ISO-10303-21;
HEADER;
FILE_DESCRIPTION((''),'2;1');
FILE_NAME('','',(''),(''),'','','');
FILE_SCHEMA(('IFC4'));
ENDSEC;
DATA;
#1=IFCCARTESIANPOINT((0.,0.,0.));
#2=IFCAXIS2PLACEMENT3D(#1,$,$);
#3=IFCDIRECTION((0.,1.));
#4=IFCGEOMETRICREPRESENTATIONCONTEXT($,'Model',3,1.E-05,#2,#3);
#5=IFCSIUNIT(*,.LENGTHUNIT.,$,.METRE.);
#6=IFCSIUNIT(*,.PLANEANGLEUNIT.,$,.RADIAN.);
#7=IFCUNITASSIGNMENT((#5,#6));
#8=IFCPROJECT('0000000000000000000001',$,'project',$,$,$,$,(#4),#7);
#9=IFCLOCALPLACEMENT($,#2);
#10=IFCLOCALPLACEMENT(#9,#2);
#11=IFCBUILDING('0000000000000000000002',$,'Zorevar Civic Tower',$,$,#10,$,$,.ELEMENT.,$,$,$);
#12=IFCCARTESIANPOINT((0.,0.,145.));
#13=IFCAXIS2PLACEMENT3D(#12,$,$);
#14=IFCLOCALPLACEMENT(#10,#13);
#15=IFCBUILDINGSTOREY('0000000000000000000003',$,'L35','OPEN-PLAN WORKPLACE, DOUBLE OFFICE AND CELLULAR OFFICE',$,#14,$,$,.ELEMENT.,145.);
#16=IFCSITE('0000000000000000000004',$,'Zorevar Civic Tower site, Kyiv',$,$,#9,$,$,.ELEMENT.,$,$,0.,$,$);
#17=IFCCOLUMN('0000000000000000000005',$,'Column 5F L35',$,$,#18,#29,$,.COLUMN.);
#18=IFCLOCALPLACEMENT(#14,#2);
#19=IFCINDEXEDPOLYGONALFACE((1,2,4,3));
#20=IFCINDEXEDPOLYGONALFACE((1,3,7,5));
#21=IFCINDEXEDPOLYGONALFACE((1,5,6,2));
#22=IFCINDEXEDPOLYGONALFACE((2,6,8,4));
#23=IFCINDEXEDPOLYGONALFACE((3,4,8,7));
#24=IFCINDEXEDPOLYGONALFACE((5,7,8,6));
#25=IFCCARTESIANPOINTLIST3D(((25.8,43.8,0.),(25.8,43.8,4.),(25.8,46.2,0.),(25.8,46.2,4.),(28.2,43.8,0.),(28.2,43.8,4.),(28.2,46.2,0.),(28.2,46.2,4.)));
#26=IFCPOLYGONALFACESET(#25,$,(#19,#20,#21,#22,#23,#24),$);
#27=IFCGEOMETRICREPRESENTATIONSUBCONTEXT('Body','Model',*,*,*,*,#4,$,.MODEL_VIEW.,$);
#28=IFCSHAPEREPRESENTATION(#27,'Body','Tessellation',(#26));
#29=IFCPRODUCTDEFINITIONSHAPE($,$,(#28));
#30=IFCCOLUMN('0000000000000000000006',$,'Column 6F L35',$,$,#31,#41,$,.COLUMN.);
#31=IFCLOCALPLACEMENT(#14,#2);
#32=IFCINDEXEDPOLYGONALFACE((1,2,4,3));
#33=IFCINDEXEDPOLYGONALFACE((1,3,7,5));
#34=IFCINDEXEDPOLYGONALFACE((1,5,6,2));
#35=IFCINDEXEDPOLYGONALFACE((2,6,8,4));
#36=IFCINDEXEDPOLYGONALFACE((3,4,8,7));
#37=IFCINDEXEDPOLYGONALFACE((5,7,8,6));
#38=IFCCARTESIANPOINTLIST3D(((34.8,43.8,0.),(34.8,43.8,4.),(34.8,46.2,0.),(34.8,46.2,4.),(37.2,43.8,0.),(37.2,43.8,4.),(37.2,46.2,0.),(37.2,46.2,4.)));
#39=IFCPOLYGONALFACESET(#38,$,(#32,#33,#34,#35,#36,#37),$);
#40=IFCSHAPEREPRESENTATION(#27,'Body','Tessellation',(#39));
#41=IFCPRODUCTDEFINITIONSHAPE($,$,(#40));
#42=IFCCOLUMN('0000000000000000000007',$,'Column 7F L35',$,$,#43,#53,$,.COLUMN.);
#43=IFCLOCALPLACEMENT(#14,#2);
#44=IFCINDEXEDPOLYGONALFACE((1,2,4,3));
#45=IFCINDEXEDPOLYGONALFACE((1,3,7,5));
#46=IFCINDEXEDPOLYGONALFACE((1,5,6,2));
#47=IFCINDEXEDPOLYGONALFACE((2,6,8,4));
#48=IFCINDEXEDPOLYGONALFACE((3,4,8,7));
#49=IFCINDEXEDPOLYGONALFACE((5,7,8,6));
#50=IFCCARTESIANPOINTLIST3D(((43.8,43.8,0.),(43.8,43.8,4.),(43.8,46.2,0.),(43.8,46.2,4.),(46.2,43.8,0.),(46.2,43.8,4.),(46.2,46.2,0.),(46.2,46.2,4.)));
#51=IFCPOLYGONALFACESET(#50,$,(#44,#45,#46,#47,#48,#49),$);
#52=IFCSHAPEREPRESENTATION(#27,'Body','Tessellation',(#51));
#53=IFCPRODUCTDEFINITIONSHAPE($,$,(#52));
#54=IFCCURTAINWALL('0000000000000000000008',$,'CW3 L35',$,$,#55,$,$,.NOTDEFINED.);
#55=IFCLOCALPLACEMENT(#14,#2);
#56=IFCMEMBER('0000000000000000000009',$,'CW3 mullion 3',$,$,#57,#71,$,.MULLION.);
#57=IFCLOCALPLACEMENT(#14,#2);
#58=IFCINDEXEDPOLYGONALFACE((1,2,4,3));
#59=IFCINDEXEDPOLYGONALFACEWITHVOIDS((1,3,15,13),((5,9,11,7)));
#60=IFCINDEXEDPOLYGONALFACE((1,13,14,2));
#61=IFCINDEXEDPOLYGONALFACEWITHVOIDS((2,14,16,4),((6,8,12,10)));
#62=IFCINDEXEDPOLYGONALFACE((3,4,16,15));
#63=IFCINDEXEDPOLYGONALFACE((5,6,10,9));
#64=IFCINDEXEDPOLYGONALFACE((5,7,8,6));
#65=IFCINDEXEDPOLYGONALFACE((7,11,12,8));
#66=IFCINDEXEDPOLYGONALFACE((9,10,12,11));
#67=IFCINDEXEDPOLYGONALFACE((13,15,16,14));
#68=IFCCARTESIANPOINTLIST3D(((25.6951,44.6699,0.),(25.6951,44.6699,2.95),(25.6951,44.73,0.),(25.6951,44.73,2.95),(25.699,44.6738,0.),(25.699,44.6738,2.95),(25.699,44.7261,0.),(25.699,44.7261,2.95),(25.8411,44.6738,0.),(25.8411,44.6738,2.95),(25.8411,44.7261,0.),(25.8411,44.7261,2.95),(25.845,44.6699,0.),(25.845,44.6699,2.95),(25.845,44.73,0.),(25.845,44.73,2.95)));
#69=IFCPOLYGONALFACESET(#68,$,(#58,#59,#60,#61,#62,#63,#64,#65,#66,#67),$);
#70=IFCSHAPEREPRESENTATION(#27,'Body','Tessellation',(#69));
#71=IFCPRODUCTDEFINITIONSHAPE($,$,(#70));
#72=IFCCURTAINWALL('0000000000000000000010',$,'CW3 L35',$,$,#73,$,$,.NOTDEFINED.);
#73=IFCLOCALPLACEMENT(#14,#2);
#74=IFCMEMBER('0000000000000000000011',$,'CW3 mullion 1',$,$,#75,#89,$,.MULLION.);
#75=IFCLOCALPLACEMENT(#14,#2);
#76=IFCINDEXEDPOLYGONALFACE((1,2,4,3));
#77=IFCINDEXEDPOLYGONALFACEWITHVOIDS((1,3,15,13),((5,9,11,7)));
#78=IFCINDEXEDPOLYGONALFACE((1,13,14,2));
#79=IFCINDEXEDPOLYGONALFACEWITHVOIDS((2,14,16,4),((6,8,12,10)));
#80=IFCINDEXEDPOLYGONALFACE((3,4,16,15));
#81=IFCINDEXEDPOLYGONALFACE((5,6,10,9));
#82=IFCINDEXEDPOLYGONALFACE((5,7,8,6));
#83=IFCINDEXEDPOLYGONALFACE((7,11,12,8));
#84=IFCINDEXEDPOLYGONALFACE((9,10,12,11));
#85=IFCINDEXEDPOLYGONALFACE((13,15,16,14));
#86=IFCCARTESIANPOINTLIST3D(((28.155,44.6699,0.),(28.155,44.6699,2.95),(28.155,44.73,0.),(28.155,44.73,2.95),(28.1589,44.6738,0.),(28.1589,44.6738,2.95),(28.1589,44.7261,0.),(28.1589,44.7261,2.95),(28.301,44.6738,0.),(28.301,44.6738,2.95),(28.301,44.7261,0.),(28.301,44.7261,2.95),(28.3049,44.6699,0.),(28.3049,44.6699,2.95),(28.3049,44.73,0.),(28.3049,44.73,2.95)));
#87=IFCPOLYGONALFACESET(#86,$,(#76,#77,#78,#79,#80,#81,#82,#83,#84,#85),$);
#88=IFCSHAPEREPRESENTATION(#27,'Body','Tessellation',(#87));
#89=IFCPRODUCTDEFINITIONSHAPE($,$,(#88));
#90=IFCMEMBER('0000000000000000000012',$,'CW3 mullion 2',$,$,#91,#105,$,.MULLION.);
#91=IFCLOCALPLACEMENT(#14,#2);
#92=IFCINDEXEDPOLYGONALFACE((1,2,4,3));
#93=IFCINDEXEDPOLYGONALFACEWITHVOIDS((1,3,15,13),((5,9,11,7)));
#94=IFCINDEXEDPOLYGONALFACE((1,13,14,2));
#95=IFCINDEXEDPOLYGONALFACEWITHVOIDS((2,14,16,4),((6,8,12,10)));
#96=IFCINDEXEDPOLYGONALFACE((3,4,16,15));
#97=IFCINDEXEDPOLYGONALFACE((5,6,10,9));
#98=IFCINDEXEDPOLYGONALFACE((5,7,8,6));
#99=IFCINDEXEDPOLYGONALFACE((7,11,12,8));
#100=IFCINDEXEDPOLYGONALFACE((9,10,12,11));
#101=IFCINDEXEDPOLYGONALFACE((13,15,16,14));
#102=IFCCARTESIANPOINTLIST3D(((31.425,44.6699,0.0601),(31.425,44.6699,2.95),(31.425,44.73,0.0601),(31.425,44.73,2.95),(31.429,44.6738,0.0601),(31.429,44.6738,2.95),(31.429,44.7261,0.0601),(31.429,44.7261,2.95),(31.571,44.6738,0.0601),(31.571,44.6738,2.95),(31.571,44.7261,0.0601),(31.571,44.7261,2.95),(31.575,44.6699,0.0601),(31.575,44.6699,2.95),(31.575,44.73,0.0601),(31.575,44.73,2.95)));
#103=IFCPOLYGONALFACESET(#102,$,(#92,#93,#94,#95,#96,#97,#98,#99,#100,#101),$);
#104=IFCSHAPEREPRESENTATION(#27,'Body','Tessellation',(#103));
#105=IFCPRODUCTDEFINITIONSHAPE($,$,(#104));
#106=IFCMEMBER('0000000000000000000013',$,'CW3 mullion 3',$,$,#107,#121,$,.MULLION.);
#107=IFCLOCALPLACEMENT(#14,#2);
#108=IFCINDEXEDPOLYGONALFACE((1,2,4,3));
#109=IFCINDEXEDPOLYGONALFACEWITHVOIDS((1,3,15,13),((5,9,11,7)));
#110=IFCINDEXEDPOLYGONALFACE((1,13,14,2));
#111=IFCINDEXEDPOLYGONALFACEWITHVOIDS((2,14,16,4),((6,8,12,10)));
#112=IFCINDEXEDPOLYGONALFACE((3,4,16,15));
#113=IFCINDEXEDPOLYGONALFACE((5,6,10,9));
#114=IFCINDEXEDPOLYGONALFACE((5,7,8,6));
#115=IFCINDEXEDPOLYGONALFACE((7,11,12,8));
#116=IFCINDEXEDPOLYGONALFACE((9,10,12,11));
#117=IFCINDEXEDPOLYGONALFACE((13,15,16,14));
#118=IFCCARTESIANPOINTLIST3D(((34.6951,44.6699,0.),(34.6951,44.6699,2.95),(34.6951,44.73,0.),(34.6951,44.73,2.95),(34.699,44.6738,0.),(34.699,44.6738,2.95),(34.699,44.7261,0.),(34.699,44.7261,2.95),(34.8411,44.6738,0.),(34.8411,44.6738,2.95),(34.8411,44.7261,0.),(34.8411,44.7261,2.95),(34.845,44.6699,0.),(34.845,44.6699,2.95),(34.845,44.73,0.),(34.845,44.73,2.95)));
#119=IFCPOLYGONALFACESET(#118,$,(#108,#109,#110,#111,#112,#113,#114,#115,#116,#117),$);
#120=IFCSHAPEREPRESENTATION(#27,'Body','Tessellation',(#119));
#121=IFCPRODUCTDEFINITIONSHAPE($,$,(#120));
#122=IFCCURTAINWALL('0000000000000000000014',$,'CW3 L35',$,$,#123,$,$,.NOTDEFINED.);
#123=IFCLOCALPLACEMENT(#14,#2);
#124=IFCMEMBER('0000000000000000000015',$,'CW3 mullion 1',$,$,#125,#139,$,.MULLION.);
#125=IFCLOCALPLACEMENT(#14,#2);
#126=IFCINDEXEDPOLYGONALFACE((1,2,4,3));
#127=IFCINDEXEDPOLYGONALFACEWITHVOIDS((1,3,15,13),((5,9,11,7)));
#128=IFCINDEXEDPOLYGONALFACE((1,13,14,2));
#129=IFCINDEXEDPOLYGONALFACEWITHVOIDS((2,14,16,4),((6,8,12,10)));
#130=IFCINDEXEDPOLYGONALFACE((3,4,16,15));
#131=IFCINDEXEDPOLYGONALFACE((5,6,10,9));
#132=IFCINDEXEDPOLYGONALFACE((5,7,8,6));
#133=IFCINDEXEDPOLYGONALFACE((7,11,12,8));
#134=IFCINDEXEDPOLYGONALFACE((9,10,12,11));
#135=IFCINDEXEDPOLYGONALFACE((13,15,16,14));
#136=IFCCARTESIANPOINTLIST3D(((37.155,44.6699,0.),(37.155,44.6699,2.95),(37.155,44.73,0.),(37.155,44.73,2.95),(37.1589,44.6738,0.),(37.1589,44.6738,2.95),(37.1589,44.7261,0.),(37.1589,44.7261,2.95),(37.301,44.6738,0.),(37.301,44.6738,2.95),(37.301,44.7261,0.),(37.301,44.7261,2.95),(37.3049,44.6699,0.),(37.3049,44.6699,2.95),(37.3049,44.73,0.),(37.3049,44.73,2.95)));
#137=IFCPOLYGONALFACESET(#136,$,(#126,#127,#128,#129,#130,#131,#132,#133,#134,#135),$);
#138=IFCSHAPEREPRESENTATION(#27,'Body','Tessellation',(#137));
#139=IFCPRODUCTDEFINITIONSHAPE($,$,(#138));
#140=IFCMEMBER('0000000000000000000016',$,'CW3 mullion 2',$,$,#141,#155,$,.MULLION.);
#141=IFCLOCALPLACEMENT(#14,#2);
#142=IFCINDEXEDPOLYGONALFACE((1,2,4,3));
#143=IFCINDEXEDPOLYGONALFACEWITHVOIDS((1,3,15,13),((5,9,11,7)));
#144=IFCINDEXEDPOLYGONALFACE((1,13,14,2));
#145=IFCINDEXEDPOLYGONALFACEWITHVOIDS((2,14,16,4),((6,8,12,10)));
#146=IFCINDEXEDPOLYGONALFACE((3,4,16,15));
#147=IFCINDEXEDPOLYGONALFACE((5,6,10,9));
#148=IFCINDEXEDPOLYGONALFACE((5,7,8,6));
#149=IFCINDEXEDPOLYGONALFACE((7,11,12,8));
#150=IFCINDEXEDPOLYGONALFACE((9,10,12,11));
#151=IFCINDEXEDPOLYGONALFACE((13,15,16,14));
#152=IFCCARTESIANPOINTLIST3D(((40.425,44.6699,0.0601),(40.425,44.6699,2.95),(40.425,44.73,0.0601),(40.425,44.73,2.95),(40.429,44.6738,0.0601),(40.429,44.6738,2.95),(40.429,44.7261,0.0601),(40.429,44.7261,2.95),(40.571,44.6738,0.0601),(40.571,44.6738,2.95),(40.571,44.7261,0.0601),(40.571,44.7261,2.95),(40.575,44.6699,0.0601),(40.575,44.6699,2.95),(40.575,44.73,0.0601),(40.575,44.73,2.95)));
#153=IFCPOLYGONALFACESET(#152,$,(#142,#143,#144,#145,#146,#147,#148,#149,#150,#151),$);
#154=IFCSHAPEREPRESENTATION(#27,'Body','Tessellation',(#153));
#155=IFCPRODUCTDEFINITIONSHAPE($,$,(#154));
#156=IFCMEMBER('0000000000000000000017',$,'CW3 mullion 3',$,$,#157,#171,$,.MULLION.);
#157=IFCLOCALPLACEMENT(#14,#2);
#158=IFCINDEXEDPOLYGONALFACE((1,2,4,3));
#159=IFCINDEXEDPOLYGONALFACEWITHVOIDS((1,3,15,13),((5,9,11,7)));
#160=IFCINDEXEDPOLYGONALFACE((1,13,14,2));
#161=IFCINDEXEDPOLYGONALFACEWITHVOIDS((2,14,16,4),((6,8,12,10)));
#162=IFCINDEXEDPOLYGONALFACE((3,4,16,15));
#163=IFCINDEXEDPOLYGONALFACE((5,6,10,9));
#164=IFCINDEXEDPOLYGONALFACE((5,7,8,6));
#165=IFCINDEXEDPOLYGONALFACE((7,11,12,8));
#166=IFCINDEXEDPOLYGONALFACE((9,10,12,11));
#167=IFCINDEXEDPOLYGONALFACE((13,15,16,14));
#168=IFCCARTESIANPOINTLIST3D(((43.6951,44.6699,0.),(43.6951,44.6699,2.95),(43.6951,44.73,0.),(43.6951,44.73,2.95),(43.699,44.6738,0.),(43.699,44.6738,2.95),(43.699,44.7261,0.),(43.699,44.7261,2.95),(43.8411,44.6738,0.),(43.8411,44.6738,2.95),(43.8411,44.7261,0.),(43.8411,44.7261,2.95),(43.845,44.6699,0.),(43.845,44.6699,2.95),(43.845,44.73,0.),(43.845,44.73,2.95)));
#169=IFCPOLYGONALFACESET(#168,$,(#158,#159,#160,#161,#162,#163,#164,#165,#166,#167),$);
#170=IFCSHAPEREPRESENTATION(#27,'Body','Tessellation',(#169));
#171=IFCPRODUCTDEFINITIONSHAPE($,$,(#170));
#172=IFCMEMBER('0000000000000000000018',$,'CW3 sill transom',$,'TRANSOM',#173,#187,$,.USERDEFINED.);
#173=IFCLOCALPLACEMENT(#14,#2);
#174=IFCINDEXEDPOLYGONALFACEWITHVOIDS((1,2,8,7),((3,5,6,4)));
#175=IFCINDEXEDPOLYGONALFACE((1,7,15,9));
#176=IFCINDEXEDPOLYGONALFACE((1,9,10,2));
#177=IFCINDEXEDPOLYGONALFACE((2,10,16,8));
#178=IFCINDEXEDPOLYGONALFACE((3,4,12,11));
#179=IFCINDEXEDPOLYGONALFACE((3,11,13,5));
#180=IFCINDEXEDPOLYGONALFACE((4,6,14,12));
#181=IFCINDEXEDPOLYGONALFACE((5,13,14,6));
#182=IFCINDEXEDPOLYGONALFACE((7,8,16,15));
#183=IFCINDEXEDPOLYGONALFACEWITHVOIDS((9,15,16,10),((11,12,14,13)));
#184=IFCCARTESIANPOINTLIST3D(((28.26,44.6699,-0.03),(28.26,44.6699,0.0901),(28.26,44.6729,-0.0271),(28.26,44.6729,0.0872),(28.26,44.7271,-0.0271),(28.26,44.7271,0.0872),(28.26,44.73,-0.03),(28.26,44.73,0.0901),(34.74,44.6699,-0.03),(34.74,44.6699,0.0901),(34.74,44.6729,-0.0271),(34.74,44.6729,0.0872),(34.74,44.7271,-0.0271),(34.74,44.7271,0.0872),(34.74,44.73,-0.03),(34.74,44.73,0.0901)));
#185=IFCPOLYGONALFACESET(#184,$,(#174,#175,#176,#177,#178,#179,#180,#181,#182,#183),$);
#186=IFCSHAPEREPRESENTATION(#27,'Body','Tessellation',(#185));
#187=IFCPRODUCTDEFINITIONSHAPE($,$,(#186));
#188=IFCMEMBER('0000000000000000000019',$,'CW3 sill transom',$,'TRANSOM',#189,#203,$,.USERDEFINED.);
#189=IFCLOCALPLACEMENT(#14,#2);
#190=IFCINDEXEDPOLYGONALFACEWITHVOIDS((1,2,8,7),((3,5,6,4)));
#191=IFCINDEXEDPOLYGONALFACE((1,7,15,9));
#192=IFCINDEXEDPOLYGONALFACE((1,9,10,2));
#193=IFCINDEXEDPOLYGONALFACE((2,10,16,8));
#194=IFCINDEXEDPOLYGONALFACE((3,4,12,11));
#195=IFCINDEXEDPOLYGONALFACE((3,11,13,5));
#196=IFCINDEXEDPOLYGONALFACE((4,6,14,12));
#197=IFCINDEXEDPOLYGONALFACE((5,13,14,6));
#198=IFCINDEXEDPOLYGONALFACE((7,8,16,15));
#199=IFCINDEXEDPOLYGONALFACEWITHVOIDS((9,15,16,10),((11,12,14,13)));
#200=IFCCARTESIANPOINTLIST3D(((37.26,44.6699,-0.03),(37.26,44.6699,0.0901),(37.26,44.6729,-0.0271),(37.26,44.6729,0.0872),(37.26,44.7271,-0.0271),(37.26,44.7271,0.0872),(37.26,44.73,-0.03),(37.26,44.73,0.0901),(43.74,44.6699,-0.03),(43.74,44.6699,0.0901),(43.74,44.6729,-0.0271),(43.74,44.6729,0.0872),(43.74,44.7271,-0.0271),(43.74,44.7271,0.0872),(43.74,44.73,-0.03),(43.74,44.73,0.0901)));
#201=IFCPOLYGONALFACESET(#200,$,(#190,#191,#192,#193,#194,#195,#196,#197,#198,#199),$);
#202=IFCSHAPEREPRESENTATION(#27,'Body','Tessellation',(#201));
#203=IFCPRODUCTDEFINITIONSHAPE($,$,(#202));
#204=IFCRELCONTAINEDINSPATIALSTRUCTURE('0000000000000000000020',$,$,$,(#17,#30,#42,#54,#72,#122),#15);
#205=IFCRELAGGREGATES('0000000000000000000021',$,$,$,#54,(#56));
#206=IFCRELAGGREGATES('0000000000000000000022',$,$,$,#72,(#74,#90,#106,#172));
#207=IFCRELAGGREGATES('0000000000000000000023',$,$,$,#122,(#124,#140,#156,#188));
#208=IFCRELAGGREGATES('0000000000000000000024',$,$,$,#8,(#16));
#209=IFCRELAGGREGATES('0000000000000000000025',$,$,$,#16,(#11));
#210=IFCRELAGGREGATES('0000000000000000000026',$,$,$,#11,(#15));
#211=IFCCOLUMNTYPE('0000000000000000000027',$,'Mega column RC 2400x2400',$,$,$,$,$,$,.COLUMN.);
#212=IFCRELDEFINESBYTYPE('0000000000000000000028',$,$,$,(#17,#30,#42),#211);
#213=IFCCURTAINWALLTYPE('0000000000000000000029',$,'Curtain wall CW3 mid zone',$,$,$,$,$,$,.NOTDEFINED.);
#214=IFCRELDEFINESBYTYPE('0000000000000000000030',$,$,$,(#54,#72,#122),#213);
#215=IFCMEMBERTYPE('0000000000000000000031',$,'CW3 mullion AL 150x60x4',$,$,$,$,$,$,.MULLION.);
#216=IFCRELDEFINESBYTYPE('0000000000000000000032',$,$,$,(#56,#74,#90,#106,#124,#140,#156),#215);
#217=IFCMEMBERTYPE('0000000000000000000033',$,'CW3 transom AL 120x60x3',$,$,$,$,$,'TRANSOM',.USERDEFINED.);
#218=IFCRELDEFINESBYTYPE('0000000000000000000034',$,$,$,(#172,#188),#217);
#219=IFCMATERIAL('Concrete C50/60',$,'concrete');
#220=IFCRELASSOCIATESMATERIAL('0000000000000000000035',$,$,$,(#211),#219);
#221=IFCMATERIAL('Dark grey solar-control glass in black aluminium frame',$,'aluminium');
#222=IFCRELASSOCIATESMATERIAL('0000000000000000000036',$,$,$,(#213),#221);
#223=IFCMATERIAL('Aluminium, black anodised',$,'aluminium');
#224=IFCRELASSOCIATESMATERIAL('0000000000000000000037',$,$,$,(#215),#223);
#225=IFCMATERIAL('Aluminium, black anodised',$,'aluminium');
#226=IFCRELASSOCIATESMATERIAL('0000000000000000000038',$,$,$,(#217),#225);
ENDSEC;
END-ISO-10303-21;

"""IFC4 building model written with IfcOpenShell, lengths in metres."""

from ifc_helpers import new_model, si_unit, direction, frame, origin, origin_2d, place, context, subcontext, project, spatial, rectangle, hollow_rectangle, extrude, material, material_profile, profile_set, type_object, element, aggregate, save


model = new_model("IFC4")

# Units and contexts
model_context = context("Model", 3, precision=1e-05, world=origin(), true_north=direction((0.0, 1.0)))
body_context = subcontext(model_context, "Body", "Model", "MODEL_VIEW")
ifc_project = project(units=[si_unit("LENGTHUNIT", "METRE"), si_unit("PLANEANGLEUNIT", "RADIAN")], contexts=[model_context])

# Site, building, storey
site_placement = place(None, origin())
site = spatial("IfcSite", under=ifc_project, at=site_placement, Name="Zorevar Civic Tower site, Kyiv", CompositionType="ELEMENT", RefElevation=0.0)
building_placement = place(site_placement, origin())
building = spatial("IfcBuilding", under=site, at=building_placement, Name="Zorevar Civic Tower", CompositionType="ELEMENT")
storey_placement = place(building_placement, frame((0.0, 0.0, 145.0)))
storey = spatial("IfcBuildingStorey", under=building, at=storey_placement, Name="L35", Description="OPEN-PLAN WORKPLACE, DOUBLE OFFICE AND CELLULAR OFFICE", CompositionType="ELEMENT", Elevation=145.0)

# Columns
ifc_material_1 = material(Name="Concrete C50/60", Category="concrete")
ifc_material_profile_1 = material_profile(ifc_material_1, rectangle(XDim=2.3999, YDim=2.3999, at=origin_2d()), Name="RC 2400x2400")
ifc_profile_set_1 = profile_set([ifc_material_profile_1], Name="Concrete C50/60")
column_type = type_object("IfcColumnType", Name="Mega column RC 2400x2400", PredefinedType="COLUMN", material=ifc_profile_set_1)
for number, where, z_axis, x_axis, name in (
    (1, (27.0, 45.0, 0.0), (0.0, 0.0, 1.0), (1.0, 0.0, 0.0), "Column 5F L35"),
    (2, (36.0, 45.0, 0.0), (0.0, 0.0, 1.0), (1.0, 0.0, 0.0), "Column 6F L35"),
    (3, (45.0, 45.0, 0.0), (0.0, 0.0, 1.0), (1.0, 0.0, 0.0), "Column 7F L35"),
):
    element("IfcColumn", number, at=place(storey_placement, frame(where, z_axis=z_axis, x_axis=x_axis)), inside=storey, type_object=column_type, Name=name, PredefinedType="COLUMN", context=body_context, shape_type="SweptSolid", body=[
        extrude(rectangle(XDim=2.3999, YDim=2.3999, at=origin_2d()), origin(), (0.0, 0.0, 1.0), 4.0),
    ])

# Curtain wall, member
ifc_material_2 = material(Name="Dark grey solar-control glass in black aluminium frame", Category="aluminium")
curtain_wall_type = type_object("IfcCurtainWallType", Name="Curtain wall CW3 mid zone", PredefinedType="NOTDEFINED", material=ifc_material_2)
curtain_wall_1_placement = place(storey_placement, origin())
curtain_wall_1 = element("IfcCurtainWall", 4, at=curtain_wall_1_placement, inside=storey, type_object=curtain_wall_type, Name="CW3 L35", PredefinedType="NOTDEFINED")
ifc_material_3 = material(Name="Aluminium, black anodised", Category="aluminium")
ifc_material_profile_2 = material_profile(ifc_material_3, hollow_rectangle(XDim=0.0601, YDim=0.1499, WallThickness=0.0039, at=origin_2d()), Name="AL 150x60x4")
ifc_profile_set_2 = profile_set([ifc_material_profile_2], Name="Aluminium, black anodised")
member_type_1 = type_object("IfcMemberType", Name="CW3 mullion AL 150x60x4", PredefinedType="MULLION", material=ifc_profile_set_2)
member_1_placement = place(storey_placement, frame((25.77, 44.7, 0.0), z_axis=(0.0, 0.0, 1.0), x_axis=(0.0, 1.0, 0.0)))
member_1 = element("IfcMember", 5, at=member_1_placement, type_object=member_type_1, Name="CW3 mullion 3", PredefinedType="MULLION", context=body_context, shape_type="SweptSolid", body=[
    extrude(hollow_rectangle(XDim=0.0601, YDim=0.1499, WallThickness=0.0039, at=origin_2d()), origin(), (0.0, 0.0, 1.0), 2.95),
])
aggregate(curtain_wall_1, [member_1])

# Curtain walls, members
curtain_wall_2_placement = place(storey_placement, origin())
curtain_wall_2 = element("IfcCurtainWall", 6, at=curtain_wall_2_placement, inside=storey, type_object=curtain_wall_type, Name="CW3 L35", PredefinedType="NOTDEFINED")
member_2_placement = place(storey_placement, frame((28.23, 44.7, 0.0), z_axis=(0.0, 0.0, 1.0), x_axis=(0.0, 1.0, 0.0)))
member_2 = element("IfcMember", 7, at=member_2_placement, type_object=member_type_1, Name="CW3 mullion 1", PredefinedType="MULLION", context=body_context, shape_type="SweptSolid", body=[
    extrude(hollow_rectangle(XDim=0.0601, YDim=0.1499, WallThickness=0.0039, at=origin_2d()), origin(), (0.0, 0.0, 1.0), 2.95),
])
member_3_placement = place(storey_placement, frame((31.5, 44.7, 0.0601), z_axis=(0.0, 0.0, 1.0), x_axis=(0.0, 1.0, 0.0)))
member_3 = element("IfcMember", 8, at=member_3_placement, type_object=member_type_1, Name="CW3 mullion 2", PredefinedType="MULLION", context=body_context, shape_type="SweptSolid", body=[
    extrude(hollow_rectangle(XDim=0.0601, YDim=0.1499, WallThickness=0.0039, at=origin_2d()), origin(), (0.0, 0.0, 1.0), 2.8899),
])
member_4_placement = place(storey_placement, frame((34.77, 44.7, 0.0), z_axis=(0.0, 0.0, 1.0), x_axis=(0.0, 1.0, 0.0)))
member_4 = element("IfcMember", 9, at=member_4_placement, type_object=member_type_1, Name="CW3 mullion 3", PredefinedType="MULLION", context=body_context, shape_type="SweptSolid", body=[
    extrude(hollow_rectangle(XDim=0.0601, YDim=0.1499, WallThickness=0.0039, at=origin_2d()), origin(), (0.0, 0.0, 1.0), 2.95),
])
curtain_wall_3_placement = place(storey_placement, origin())
curtain_wall_3 = element("IfcCurtainWall", 10, at=curtain_wall_3_placement, inside=storey, type_object=curtain_wall_type, Name="CW3 L35", PredefinedType="NOTDEFINED")
member_5_placement = place(storey_placement, frame((37.23, 44.7, 0.0), z_axis=(0.0, 0.0, 1.0), x_axis=(0.0, 1.0, 0.0)))
member_5 = element("IfcMember", 11, at=member_5_placement, type_object=member_type_1, Name="CW3 mullion 1", PredefinedType="MULLION", context=body_context, shape_type="SweptSolid", body=[
    extrude(hollow_rectangle(XDim=0.0601, YDim=0.1499, WallThickness=0.0039, at=origin_2d()), origin(), (0.0, 0.0, 1.0), 2.95),
])
member_6_placement = place(storey_placement, frame((40.5, 44.7, 0.0601), z_axis=(0.0, 0.0, 1.0), x_axis=(0.0, 1.0, 0.0)))
member_6 = element("IfcMember", 12, at=member_6_placement, type_object=member_type_1, Name="CW3 mullion 2", PredefinedType="MULLION", context=body_context, shape_type="SweptSolid", body=[
    extrude(hollow_rectangle(XDim=0.0601, YDim=0.1499, WallThickness=0.0039, at=origin_2d()), origin(), (0.0, 0.0, 1.0), 2.8899),
])
member_7_placement = place(storey_placement, frame((43.77, 44.7, 0.0), z_axis=(0.0, 0.0, 1.0), x_axis=(0.0, 1.0, 0.0)))
member_7 = element("IfcMember", 13, at=member_7_placement, type_object=member_type_1, Name="CW3 mullion 3", PredefinedType="MULLION", context=body_context, shape_type="SweptSolid", body=[
    extrude(hollow_rectangle(XDim=0.0601, YDim=0.1499, WallThickness=0.0039, at=origin_2d()), origin(), (0.0, 0.0, 1.0), 2.95),
])

# Members
ifc_material_4 = material(Name="Aluminium, black anodised", Category="aluminium")
ifc_material_profile_3 = material_profile(ifc_material_4, hollow_rectangle(XDim=0.0601, YDim=0.1201, WallThickness=0.0029, at=origin_2d()), Name="AL 120x60x3")
ifc_profile_set_3 = profile_set([ifc_material_profile_3], Name="Aluminium, black anodised")
member_type_2 = type_object("IfcMemberType", Name="CW3 transom AL 120x60x3", ElementType="TRANSOM", PredefinedType="USERDEFINED", material=ifc_profile_set_3)
member_8_placement = place(storey_placement, frame((28.26, 44.7, 0.03), z_axis=(1.0, 0.0, 0.0), x_axis=(0.0, 1.0, 0.0)))
member_8 = element("IfcMember", 14, at=member_8_placement, type_object=member_type_2, Name="CW3 sill transom", ObjectType="TRANSOM", PredefinedType="USERDEFINED", context=body_context, shape_type="SweptSolid", body=[
    extrude(hollow_rectangle(XDim=0.0601, YDim=0.1201, WallThickness=0.0029, at=origin_2d()), origin(), (0.0, 0.0, 1.0), 6.48),
])
member_9_placement = place(storey_placement, frame((37.26, 44.7, 0.03), z_axis=(1.0, 0.0, 0.0), x_axis=(0.0, 1.0, 0.0)))
member_9 = element("IfcMember", 15, at=member_9_placement, type_object=member_type_2, Name="CW3 sill transom", ObjectType="TRANSOM", PredefinedType="USERDEFINED", context=body_context, shape_type="SweptSolid", body=[
    extrude(hollow_rectangle(XDim=0.0601, YDim=0.1201, WallThickness=0.0029, at=origin_2d()), origin(), (0.0, 0.0, 1.0), 6.48),
])

aggregate(curtain_wall_2, [member_2, member_3, member_4, member_8])
aggregate(curtain_wall_3, [member_5, member_6, member_7, member_9])

save(model, "model.ifc")
